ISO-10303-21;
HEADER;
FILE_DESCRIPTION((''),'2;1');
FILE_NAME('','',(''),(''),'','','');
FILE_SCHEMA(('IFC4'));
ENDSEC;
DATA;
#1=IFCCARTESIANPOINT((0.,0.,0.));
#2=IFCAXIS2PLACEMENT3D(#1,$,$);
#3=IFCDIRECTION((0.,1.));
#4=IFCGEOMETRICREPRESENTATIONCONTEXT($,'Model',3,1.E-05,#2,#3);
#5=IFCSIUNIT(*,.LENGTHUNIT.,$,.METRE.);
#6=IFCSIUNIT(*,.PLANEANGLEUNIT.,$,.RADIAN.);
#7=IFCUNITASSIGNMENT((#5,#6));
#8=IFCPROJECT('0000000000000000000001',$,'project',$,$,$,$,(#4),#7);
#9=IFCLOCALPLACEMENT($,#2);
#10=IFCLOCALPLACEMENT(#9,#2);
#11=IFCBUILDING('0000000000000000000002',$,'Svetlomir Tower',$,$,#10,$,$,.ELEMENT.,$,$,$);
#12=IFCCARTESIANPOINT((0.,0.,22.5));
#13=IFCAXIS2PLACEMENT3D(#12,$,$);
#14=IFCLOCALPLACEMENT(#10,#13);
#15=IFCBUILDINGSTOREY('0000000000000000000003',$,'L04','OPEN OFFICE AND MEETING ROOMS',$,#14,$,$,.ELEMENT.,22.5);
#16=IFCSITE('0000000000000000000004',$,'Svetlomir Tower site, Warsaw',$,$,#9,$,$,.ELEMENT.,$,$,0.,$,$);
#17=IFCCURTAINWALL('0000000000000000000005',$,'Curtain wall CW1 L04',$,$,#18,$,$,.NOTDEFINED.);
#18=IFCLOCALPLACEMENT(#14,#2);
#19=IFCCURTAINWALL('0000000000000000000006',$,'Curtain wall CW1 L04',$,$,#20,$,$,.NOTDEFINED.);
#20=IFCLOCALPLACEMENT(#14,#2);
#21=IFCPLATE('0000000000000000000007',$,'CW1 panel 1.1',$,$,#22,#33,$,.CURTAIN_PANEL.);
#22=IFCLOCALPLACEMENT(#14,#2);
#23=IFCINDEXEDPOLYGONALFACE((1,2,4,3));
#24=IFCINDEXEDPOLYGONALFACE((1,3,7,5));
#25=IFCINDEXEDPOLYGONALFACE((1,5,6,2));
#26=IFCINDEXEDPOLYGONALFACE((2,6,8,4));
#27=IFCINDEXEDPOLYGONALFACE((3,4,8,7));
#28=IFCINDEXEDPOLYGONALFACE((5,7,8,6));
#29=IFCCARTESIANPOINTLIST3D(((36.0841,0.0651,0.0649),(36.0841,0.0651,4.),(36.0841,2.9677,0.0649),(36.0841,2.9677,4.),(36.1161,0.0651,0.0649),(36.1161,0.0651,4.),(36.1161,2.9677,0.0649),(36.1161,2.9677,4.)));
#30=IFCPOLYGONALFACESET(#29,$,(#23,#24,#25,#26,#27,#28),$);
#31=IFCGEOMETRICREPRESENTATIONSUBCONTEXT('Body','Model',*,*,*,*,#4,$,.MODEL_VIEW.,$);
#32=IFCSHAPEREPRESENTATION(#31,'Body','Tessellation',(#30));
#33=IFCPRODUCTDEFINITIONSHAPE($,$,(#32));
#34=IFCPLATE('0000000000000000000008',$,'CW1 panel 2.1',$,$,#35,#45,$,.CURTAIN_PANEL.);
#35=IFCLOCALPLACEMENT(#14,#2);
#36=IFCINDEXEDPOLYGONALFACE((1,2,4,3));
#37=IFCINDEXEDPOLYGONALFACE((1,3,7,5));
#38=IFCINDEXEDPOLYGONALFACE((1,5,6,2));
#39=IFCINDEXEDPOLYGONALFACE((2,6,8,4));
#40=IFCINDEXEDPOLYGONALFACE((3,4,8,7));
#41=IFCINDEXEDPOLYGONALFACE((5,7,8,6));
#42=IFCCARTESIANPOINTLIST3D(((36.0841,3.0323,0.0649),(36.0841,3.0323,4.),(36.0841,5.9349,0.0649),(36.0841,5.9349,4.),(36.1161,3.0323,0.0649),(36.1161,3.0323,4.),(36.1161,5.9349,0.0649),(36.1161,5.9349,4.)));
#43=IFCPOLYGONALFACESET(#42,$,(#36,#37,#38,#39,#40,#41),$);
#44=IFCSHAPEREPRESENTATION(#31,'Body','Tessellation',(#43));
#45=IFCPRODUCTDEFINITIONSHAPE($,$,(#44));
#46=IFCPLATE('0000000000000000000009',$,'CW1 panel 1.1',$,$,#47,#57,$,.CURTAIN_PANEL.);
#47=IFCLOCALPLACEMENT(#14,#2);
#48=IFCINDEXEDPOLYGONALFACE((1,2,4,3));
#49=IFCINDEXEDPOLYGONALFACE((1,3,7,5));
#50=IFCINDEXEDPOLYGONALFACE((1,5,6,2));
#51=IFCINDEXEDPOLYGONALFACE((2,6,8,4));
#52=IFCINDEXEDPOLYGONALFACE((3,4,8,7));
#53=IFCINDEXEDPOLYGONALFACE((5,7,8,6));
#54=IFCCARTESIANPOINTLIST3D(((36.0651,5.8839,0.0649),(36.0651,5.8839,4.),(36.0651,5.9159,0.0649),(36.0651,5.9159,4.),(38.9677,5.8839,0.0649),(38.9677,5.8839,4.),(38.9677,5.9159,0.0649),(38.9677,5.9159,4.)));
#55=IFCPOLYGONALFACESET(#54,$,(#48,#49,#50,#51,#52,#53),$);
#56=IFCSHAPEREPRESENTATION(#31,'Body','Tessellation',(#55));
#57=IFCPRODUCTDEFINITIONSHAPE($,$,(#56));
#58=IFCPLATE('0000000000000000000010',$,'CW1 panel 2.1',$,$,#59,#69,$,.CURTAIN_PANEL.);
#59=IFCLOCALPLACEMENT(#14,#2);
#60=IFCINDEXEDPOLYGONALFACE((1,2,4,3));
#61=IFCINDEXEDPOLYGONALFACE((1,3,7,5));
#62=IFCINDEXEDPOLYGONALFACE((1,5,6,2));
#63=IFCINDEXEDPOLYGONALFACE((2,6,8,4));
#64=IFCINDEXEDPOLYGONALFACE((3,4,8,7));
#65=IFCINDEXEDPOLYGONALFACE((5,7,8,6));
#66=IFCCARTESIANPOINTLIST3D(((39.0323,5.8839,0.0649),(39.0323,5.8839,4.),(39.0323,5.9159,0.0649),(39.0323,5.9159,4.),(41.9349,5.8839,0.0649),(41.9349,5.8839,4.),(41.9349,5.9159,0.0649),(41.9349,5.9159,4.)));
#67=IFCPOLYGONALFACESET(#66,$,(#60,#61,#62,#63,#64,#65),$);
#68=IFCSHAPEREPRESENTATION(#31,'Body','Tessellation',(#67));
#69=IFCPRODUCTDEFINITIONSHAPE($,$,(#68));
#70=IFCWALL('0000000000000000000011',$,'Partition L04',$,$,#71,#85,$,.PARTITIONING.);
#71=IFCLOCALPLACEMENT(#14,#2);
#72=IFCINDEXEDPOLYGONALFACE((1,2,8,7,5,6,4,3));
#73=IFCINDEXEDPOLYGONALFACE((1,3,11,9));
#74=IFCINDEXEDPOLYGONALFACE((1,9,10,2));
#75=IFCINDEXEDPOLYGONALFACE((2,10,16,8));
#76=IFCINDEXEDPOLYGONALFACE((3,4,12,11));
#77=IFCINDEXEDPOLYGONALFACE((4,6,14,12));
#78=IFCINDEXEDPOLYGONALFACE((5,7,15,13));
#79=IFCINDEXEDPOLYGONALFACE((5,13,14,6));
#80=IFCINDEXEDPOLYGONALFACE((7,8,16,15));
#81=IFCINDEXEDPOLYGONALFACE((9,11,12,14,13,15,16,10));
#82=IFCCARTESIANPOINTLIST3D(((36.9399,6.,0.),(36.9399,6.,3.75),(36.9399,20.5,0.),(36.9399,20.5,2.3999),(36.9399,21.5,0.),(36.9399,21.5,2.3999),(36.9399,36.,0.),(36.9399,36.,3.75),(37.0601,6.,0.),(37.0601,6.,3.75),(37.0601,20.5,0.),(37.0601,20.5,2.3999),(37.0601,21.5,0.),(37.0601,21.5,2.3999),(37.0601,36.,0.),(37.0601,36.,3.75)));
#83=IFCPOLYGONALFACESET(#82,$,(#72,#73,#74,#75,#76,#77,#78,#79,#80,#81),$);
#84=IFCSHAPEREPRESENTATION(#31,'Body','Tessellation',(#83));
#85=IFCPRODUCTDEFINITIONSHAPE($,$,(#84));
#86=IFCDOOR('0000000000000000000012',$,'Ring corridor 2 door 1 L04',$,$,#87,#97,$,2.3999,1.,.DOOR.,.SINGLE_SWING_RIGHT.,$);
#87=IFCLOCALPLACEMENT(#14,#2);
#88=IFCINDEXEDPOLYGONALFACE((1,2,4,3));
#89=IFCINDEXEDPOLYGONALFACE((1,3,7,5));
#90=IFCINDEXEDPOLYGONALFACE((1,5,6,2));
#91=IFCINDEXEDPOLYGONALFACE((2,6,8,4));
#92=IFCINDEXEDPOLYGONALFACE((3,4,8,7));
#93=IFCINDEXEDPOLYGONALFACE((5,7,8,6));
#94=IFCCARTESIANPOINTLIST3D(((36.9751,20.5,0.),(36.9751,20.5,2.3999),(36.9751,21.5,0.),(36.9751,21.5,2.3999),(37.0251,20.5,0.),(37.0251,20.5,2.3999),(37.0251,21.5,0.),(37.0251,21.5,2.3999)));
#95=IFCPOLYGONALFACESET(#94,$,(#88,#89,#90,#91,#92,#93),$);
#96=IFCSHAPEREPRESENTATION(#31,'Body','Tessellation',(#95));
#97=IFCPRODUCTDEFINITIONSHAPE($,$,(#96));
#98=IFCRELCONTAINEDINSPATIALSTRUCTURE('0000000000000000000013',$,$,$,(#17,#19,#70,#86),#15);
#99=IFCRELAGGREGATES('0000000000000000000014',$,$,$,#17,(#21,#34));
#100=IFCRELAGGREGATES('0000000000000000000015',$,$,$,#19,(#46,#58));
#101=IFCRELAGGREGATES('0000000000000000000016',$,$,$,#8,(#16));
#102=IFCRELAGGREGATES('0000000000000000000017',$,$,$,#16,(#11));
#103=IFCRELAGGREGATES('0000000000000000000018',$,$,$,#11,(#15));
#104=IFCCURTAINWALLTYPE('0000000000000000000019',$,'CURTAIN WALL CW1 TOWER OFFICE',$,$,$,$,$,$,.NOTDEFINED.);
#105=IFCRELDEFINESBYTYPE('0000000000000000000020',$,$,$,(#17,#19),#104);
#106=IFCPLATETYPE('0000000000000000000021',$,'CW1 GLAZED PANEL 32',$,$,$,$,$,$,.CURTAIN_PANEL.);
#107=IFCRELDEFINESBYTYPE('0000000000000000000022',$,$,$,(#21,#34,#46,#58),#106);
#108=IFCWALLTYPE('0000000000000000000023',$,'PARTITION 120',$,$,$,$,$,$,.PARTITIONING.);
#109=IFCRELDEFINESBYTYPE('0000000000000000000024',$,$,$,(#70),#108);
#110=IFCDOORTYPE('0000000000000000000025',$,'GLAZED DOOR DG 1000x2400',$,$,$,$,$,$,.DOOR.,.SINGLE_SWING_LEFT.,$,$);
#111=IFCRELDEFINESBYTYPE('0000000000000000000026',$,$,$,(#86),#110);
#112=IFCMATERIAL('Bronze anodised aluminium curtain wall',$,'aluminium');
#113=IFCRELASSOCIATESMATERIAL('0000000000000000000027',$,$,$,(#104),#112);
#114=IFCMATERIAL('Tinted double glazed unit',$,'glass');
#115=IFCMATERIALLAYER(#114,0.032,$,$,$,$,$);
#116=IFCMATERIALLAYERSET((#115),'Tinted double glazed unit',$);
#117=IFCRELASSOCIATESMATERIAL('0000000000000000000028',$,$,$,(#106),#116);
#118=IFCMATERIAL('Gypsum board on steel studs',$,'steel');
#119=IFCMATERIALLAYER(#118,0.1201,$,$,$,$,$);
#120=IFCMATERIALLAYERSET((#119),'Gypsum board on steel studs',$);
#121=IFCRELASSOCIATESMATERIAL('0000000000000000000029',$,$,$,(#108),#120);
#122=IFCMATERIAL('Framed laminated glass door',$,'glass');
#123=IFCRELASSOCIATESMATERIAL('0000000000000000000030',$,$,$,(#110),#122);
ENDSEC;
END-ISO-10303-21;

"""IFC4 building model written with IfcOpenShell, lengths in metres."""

from ifc_helpers import new_model, si_unit, direction, frame, frame_2d, origin, origin_2d, place, context, subcontext, project, spatial, rectangle, extrude, material, layer, layer_set, type_object, element, fill, aggregate, save


model = new_model("IFC4")

# Units and contexts
model_context = context("Model", 3, precision=1e-05, world=origin(), true_north=direction((0.0, 1.0)))
body_context = subcontext(model_context, "Body", "Model", "MODEL_VIEW")
ifc_project = project(units=[si_unit("LENGTHUNIT", "METRE"), si_unit("PLANEANGLEUNIT", "RADIAN")], contexts=[model_context])

# Site, building, storey
site_placement = place(None, origin())
site = spatial("IfcSite", under=ifc_project, at=site_placement, Name="Svetlomir Tower site, Warsaw", CompositionType="ELEMENT", RefElevation=0.0)
building_placement = place(site_placement, origin())
building = spatial("IfcBuilding", under=site, at=building_placement, Name="Svetlomir Tower", CompositionType="ELEMENT")
storey_placement = place(building_placement, frame((0.0, 0.0, 22.5)))
storey = spatial("IfcBuildingStorey", under=building, at=storey_placement, Name="L04", Description="OPEN OFFICE AND MEETING ROOMS", CompositionType="ELEMENT", Elevation=22.5)

# Curtain walls
ifc_material_1 = material(Name="Bronze anodised aluminium curtain wall", Category="aluminium")
curtain_wall_type = type_object("IfcCurtainWallType", Name="CURTAIN WALL CW1 TOWER OFFICE", PredefinedType="NOTDEFINED", material=ifc_material_1)
curtain_wall_1_placement = place(storey_placement, origin())
curtain_wall_1 = element("IfcCurtainWall", 1, at=curtain_wall_1_placement, inside=storey, type_object=curtain_wall_type, Name="Curtain wall CW1 L04", PredefinedType="NOTDEFINED")
curtain_wall_2_placement = place(storey_placement, origin())
curtain_wall_2 = element("IfcCurtainWall", 2, at=curtain_wall_2_placement, inside=storey, type_object=curtain_wall_type, Name="Curtain wall CW1 L04", PredefinedType="NOTDEFINED")

# Plates
ifc_material_2 = material(Name="Tinted double glazed unit", Category="glass")
ifc_layer_1 = layer(ifc_material_2, 0.032)
ifc_layer_set_1 = layer_set([ifc_layer_1], Name="Tinted double glazed unit")
plate_type = type_object("IfcPlateType", Name="CW1 GLAZED PANEL 32", PredefinedType="CURTAIN_PANEL", material=ifc_layer_set_1)
plate_1_placement = place(storey_placement, frame((36.1001, 1.5164, 0.0649), z_axis=(0.0, 0.0, 1.0), x_axis=(0.0, 1.0, 0.0)))
plate_1 = element("IfcPlate", 3, at=plate_1_placement, type_object=plate_type, Name="CW1 panel 1.1", PredefinedType="CURTAIN_PANEL", context=body_context, shape_type="SweptSolid", body=[
    extrude(rectangle(XDim=2.9026, YDim=0.032, at=origin_2d()), origin(), (0.0, 0.0, 1.0), 3.9351),
])
plate_2_placement = place(storey_placement, frame((36.1001, 4.4836, 0.0649), z_axis=(0.0, 0.0, 1.0), x_axis=(0.0, 1.0, 0.0)))
plate_2 = element("IfcPlate", 4, at=plate_2_placement, type_object=plate_type, Name="CW1 panel 2.1", PredefinedType="CURTAIN_PANEL", context=body_context, shape_type="SweptSolid", body=[
    extrude(rectangle(XDim=2.9026, YDim=0.032, at=origin_2d()), origin(), (0.0, 0.0, 1.0), 3.9351),
])
aggregate(curtain_wall_1, [plate_1, plate_2])
plate_3_placement = place(storey_placement, frame((37.5164, 5.8999, 0.0649), z_axis=(0.0, 0.0, 1.0), x_axis=(1.0, 0.0, 0.0)))
plate_3 = element("IfcPlate", 5, at=plate_3_placement, type_object=plate_type, Name="CW1 panel 1.1", PredefinedType="CURTAIN_PANEL", context=body_context, shape_type="SweptSolid", body=[
    extrude(rectangle(XDim=2.9026, YDim=0.032, at=origin_2d()), origin(), (0.0, 0.0, 1.0), 3.9351),
])
plate_4_placement = place(storey_placement, frame((40.4836, 5.8999, 0.0649), z_axis=(0.0, 0.0, 1.0), x_axis=(1.0, 0.0, 0.0)))
plate_4 = element("IfcPlate", 6, at=plate_4_placement, type_object=plate_type, Name="CW1 panel 2.1", PredefinedType="CURTAIN_PANEL", context=body_context, shape_type="SweptSolid", body=[
    extrude(rectangle(XDim=2.9026, YDim=0.032, at=origin_2d()), origin(), (0.0, 0.0, 1.0), 3.9351),
])
aggregate(curtain_wall_2, [plate_3, plate_4])

# Wall, opening, door
ifc_material_3 = material(Name="Gypsum board on steel studs", Category="steel")
ifc_layer_2 = layer(ifc_material_3, 0.1201)
ifc_layer_set_2 = layer_set([ifc_layer_2], Name="Gypsum board on steel studs")
wall_type = type_object("IfcWallType", Name="PARTITION 120", PredefinedType="PARTITIONING", material=ifc_layer_set_2)
wall_placement = place(storey_placement, frame((37.0, 6.0, 0.0), z_axis=(0.0, 0.0, 1.0), x_axis=(0.0, 1.0, 0.0)))
wall = element("IfcWall", 7, at=wall_placement, inside=storey, type_object=wall_type, Name="Partition L04", PredefinedType="PARTITIONING", context=body_context, shape_type="SweptSolid", body=[
    extrude(rectangle(XDim=30.0, YDim=0.1201, at=frame_2d((15.0, 0.0))), origin(), (0.0, 0.0, 1.0), 3.75),
])
opening_placement = place(wall_placement, frame((14.5, 0.0, 0.0)))
opening = element("IfcOpeningElement", 8, at=opening_placement, cuts=wall, PredefinedType="OPENING", context=body_context, shape_type="SweptSolid", body=[
    extrude(rectangle(XDim=1.0, YDim=2.3999, at=frame_2d((0.5, 1.2))), frame((0.0, 0.0701, 0.0), z_axis=(0.0, -1.0, 0.0), x_axis=(1.0, 0.0, 0.0)), (0.0, 0.0, 1.0), 0.1401),
])
ifc_material_4 = material(Name="Framed laminated glass door", Category="glass")
door_type = type_object("IfcDoorType", Name="GLAZED DOOR DG 1000x2400", OperationType="SINGLE_SWING_LEFT", PredefinedType="DOOR", material=ifc_material_4)
door_placement = place(opening_placement, origin())
door = element("IfcDoor", 9, at=door_placement, inside=storey, type_object=door_type, Name="Ring corridor 2 door 1 L04", OperationType="SINGLE_SWING_RIGHT", OverallHeight=2.3999, OverallWidth=1.0, PredefinedType="DOOR", context=body_context, shape_type="SweptSolid", body=[
    extrude(rectangle(XDim=1.0, YDim=2.3999, at=frame_2d((0.5, 1.2))), frame((0.0, 0.0249, 0.0), z_axis=(0.0, -1.0, 0.0), x_axis=(1.0, 0.0, 0.0)), (0.0, 0.0, 1.0), 0.05),
])
fill(opening, door)

save(model, "model.ifc")
